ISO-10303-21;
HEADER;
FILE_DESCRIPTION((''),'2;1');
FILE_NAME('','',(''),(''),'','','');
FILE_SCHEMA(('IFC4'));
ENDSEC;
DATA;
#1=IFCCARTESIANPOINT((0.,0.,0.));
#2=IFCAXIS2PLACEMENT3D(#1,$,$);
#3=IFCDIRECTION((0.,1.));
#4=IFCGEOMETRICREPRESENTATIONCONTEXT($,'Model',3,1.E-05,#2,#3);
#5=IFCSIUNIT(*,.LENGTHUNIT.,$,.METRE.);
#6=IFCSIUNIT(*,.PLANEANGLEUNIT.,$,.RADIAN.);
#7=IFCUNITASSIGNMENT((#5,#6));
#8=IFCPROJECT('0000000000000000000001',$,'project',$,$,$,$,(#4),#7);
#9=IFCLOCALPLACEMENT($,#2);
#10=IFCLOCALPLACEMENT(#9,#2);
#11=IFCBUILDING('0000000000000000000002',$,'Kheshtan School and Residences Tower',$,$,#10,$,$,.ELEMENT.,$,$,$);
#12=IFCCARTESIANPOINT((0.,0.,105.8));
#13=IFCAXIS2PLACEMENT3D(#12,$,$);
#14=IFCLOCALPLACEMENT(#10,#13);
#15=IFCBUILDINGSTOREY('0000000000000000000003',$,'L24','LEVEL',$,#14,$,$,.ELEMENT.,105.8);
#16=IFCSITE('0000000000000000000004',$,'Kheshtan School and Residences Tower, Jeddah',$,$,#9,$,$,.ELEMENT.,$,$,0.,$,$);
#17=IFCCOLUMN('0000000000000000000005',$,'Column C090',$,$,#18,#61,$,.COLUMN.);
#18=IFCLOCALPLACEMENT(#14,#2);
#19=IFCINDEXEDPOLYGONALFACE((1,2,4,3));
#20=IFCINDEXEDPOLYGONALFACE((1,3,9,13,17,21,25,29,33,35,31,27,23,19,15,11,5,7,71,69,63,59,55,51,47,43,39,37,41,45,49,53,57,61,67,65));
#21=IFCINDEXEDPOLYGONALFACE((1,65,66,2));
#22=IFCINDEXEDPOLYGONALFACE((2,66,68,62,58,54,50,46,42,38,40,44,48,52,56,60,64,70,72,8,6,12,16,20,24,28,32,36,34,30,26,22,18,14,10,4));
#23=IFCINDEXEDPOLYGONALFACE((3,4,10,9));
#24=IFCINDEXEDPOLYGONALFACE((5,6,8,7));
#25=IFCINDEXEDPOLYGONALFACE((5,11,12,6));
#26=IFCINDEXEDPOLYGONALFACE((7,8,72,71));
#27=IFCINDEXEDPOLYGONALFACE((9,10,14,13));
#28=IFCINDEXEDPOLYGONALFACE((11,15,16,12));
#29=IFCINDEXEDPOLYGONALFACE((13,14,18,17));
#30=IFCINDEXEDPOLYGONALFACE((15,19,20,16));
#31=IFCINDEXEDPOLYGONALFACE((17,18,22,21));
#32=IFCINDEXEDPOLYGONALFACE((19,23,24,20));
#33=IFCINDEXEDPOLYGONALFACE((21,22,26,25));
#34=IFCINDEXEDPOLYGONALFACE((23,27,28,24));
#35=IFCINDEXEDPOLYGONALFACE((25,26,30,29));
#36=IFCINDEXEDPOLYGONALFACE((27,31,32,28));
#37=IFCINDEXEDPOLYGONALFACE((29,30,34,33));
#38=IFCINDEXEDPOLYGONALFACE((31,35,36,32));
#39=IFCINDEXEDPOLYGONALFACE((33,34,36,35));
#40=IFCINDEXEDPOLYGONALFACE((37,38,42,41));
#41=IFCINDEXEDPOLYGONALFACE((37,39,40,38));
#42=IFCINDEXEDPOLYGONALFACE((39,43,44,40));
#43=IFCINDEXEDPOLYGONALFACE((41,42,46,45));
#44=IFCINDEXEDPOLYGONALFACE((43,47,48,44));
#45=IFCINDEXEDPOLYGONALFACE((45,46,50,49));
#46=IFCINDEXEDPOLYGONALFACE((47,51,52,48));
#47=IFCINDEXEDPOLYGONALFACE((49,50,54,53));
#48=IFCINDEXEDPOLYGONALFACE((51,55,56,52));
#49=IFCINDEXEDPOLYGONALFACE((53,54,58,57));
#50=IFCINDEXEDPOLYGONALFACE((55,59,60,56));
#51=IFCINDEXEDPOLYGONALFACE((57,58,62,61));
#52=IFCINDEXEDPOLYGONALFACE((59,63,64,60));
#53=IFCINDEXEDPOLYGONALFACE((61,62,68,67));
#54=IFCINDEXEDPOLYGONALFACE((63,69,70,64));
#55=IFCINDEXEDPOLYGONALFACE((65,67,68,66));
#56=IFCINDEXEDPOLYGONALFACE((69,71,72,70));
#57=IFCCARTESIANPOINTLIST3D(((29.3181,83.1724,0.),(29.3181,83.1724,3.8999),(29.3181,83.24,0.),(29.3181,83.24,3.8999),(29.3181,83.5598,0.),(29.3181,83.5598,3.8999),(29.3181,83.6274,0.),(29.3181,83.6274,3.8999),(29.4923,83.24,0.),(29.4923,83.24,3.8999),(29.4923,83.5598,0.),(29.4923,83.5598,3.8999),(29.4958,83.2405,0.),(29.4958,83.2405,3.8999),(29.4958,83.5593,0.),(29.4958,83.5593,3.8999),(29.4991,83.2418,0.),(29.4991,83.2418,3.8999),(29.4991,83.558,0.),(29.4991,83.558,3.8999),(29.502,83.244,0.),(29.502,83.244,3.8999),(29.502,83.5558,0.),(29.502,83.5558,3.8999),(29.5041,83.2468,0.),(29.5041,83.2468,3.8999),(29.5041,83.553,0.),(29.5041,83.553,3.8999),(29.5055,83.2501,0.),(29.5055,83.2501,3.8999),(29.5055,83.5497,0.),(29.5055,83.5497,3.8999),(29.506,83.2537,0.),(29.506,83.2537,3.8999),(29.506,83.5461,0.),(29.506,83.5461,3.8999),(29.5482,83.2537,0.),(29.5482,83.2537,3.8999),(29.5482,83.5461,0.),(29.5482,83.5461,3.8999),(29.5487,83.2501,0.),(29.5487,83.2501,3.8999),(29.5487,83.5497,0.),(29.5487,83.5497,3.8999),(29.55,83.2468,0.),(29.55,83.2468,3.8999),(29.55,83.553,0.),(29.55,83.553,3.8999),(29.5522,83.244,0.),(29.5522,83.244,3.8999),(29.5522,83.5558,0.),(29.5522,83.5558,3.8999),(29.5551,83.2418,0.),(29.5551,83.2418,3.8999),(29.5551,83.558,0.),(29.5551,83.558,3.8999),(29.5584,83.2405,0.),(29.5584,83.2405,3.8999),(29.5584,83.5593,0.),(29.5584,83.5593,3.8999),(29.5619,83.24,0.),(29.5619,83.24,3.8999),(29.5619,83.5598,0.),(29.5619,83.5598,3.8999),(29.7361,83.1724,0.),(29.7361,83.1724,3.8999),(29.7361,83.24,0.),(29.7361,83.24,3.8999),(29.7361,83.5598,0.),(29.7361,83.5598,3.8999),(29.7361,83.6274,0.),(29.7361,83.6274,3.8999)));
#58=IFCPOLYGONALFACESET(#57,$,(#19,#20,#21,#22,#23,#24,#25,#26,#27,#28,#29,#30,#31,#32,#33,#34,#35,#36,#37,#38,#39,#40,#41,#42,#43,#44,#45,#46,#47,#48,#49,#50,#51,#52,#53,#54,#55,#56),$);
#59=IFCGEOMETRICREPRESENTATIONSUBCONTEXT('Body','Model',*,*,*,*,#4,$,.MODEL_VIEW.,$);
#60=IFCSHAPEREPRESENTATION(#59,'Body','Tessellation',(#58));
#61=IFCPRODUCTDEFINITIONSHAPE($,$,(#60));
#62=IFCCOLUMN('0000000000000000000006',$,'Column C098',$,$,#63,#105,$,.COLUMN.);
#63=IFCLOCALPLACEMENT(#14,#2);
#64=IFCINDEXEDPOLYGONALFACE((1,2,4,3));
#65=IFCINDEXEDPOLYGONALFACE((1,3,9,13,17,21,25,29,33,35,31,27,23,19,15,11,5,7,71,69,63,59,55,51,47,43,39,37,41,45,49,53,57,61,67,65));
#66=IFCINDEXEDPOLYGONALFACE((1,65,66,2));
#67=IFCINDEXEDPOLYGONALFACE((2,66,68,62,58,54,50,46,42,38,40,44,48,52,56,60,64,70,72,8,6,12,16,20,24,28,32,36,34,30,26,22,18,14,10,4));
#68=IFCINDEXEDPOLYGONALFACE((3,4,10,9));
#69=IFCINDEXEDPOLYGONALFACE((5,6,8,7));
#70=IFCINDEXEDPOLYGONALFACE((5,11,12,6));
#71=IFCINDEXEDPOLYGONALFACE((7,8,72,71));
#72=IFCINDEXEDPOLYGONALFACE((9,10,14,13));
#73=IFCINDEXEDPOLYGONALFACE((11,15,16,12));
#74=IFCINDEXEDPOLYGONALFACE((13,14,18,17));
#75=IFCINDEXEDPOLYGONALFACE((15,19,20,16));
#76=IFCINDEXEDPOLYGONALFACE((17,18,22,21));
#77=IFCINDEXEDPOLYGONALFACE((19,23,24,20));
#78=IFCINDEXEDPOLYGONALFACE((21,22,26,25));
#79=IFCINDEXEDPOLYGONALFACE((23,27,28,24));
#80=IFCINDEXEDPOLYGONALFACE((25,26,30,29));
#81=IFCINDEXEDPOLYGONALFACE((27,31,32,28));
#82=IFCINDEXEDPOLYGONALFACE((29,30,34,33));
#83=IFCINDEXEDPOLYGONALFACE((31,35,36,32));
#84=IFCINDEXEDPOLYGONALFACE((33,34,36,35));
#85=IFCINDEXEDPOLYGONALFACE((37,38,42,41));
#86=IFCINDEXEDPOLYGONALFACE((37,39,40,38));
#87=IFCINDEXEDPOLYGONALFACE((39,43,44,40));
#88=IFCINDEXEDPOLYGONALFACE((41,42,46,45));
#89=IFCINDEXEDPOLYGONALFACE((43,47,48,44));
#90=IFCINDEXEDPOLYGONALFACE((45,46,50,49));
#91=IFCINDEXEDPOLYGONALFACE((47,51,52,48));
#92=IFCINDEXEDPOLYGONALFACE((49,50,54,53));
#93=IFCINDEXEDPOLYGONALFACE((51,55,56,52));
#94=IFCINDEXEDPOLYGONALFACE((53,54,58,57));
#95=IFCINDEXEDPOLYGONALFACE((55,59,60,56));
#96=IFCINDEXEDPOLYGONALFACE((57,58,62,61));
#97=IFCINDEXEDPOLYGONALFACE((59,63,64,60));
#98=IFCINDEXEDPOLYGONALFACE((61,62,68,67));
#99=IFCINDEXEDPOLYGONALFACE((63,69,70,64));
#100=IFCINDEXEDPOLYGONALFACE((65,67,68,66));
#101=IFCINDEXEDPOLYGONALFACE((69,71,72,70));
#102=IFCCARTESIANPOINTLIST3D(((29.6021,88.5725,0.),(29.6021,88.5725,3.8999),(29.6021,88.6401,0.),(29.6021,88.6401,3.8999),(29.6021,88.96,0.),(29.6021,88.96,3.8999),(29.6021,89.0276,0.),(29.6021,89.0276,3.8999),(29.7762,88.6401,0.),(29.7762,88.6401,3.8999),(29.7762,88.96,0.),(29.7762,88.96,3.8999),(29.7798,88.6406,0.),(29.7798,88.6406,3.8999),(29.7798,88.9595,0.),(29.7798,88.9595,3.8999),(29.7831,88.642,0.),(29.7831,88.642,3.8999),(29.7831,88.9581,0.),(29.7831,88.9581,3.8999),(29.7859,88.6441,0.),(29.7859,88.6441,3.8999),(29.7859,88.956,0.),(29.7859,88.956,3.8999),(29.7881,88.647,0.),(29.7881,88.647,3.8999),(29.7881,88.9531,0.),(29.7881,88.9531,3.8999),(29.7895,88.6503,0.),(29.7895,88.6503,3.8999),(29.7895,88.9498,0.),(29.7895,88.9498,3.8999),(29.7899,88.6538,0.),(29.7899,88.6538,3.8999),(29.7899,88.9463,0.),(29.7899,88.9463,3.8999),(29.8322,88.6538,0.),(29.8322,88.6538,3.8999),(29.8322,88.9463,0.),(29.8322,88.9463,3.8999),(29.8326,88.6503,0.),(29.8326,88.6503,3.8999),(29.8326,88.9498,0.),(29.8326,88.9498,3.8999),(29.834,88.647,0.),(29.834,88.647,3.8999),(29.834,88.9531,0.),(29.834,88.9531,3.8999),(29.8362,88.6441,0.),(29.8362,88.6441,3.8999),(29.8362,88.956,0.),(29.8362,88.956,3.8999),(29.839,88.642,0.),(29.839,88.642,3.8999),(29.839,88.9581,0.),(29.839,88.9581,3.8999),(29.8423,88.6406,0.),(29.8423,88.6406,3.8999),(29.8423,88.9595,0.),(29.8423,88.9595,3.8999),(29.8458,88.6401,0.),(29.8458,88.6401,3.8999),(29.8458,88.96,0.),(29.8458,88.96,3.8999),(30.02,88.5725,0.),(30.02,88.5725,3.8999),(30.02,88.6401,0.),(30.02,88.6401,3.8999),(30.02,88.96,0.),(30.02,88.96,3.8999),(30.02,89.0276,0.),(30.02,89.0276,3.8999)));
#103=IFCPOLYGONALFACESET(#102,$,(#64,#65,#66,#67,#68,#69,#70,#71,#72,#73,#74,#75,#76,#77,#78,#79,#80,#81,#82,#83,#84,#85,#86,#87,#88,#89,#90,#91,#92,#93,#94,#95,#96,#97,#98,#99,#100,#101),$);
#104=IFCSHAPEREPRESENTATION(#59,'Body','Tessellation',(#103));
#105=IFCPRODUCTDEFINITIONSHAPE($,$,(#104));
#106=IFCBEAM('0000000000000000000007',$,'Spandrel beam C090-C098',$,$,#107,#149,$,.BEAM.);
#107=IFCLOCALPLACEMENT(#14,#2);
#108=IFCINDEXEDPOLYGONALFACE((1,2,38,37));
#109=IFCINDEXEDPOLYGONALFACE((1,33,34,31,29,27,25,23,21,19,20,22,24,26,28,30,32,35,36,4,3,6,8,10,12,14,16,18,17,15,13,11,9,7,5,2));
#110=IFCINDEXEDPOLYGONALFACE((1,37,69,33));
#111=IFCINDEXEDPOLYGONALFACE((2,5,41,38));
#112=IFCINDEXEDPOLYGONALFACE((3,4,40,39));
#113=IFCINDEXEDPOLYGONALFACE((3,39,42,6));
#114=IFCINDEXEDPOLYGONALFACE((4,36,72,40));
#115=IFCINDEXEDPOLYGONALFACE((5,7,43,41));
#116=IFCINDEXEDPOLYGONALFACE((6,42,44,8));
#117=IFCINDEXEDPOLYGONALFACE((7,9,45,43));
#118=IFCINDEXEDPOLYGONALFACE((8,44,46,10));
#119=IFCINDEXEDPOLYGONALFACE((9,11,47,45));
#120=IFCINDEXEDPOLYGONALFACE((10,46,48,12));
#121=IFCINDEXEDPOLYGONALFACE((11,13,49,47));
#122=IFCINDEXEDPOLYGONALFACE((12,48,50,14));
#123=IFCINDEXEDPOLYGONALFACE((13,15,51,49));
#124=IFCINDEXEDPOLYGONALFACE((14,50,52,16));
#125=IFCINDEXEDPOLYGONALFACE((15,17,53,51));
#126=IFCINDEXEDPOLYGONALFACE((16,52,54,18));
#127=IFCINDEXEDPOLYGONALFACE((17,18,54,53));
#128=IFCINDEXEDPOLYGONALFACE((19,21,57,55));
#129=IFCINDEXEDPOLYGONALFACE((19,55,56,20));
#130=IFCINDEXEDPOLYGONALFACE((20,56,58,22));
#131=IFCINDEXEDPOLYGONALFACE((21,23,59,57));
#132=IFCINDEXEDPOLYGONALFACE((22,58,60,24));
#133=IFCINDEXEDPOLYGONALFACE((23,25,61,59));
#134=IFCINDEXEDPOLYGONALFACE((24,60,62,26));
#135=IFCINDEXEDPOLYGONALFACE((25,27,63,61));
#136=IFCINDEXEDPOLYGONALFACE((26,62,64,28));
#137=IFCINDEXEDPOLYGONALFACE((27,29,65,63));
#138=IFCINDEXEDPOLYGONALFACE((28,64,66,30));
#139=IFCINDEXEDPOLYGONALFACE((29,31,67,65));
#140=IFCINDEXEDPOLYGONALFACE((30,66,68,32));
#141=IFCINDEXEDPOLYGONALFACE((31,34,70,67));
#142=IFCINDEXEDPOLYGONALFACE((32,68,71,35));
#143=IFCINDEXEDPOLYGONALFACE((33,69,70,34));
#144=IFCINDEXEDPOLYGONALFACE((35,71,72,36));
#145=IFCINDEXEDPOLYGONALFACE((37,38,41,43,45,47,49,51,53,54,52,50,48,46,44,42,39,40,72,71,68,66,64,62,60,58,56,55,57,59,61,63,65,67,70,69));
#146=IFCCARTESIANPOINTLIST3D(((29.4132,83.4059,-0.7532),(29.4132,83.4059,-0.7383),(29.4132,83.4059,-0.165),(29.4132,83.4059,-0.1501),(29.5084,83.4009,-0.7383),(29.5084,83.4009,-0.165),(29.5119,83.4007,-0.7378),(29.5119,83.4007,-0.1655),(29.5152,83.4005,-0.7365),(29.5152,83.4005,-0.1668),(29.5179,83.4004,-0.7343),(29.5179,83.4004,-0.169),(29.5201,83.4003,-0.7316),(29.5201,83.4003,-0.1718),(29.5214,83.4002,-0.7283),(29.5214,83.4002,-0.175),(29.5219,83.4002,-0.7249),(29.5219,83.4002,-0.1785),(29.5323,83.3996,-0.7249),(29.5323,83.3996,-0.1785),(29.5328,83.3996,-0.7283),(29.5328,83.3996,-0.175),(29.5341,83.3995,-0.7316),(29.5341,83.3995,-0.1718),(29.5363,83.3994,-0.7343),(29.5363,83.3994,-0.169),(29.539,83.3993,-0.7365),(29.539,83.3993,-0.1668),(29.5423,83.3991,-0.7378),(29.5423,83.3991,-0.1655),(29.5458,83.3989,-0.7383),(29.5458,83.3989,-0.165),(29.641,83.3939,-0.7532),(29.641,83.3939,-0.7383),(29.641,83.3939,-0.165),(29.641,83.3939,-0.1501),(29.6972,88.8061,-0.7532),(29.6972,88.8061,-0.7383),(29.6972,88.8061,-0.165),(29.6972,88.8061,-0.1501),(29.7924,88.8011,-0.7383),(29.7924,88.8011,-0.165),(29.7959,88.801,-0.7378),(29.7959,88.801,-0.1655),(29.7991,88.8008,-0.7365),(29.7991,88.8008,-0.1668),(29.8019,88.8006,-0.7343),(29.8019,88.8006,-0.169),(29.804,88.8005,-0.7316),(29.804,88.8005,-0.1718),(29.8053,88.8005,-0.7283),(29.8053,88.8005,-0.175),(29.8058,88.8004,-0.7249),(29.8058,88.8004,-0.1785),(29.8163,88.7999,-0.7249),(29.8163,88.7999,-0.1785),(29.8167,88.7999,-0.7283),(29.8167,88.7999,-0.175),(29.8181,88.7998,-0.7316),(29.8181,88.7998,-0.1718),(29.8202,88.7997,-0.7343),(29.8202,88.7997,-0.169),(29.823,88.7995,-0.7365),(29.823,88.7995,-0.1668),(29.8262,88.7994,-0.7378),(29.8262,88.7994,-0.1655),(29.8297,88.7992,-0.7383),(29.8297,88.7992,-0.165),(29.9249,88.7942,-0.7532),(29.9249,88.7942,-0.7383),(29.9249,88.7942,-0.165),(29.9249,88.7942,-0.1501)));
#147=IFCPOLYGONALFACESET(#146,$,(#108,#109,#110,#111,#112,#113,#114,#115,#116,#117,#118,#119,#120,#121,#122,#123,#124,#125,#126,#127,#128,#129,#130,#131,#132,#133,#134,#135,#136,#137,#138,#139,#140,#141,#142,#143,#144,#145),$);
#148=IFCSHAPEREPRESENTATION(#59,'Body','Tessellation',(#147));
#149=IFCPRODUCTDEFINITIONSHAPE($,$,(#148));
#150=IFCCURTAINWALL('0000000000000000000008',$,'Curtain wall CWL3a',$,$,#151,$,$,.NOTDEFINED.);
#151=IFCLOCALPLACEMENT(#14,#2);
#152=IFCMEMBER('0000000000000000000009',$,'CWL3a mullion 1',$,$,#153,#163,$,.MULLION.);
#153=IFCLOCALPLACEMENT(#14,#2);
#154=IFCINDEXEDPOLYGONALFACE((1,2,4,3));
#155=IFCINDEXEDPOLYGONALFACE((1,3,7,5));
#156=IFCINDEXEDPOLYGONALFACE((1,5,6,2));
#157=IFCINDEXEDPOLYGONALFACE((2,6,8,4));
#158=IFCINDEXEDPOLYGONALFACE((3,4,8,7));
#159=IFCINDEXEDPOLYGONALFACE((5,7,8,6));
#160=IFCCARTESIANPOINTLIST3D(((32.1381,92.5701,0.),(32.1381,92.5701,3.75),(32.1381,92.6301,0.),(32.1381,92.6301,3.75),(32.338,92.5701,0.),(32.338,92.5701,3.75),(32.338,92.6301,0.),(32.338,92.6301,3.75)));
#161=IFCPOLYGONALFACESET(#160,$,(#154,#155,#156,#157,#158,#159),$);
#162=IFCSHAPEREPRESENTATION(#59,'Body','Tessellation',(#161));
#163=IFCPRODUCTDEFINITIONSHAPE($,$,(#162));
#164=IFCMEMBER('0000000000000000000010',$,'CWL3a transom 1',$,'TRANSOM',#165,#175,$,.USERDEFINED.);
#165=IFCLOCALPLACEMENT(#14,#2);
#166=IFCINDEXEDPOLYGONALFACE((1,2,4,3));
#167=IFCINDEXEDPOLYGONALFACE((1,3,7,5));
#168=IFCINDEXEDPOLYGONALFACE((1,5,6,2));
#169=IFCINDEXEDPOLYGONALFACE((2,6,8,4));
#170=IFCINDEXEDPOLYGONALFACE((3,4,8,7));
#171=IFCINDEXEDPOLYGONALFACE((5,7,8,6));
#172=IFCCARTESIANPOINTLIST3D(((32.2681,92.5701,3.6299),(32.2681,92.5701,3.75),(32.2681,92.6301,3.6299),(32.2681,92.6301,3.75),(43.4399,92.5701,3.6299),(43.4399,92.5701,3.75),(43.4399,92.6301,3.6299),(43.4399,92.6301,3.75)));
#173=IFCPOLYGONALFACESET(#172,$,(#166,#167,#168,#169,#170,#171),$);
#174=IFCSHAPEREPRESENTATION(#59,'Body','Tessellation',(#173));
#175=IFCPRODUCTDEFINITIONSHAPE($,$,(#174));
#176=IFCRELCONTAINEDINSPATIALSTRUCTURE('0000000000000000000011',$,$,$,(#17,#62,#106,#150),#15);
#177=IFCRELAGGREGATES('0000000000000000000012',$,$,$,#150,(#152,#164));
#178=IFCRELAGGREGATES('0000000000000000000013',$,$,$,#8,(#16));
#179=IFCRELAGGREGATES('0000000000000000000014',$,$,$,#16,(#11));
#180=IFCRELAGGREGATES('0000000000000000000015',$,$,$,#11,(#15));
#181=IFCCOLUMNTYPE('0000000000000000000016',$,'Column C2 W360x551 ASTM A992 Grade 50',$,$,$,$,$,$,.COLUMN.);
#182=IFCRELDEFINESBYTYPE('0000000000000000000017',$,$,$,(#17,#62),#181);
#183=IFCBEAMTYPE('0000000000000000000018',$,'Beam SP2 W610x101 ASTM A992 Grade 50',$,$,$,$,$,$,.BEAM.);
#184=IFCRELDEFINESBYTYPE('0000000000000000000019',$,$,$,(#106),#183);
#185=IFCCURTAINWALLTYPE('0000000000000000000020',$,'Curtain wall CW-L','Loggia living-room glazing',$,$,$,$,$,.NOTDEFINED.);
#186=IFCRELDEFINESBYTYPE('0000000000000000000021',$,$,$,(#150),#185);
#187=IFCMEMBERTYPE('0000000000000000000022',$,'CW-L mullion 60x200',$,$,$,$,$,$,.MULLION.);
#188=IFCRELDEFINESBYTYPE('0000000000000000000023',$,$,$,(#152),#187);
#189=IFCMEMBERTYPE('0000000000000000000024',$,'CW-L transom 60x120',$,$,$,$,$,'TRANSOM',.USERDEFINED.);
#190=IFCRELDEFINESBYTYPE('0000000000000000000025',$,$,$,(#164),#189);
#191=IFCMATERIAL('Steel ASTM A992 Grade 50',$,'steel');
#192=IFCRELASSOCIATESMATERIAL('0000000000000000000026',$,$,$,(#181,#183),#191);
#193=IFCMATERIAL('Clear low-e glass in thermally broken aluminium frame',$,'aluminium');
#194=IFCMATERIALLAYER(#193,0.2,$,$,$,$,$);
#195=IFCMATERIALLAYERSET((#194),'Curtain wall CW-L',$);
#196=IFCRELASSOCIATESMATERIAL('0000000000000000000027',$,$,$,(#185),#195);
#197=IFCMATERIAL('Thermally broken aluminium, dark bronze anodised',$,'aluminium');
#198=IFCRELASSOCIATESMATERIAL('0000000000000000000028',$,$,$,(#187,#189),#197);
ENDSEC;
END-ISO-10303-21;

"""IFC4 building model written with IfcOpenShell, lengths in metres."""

from ifc_helpers import new_model, si_unit, direction, frame, origin, origin_2d, place, context, subcontext, project, spatial, rectangle, i_section, extrude, material, layer, layer_set, material_profile, profile_set, type_object, element, aggregate, save


model = new_model("IFC4")

# Units and contexts
model_context = context("Model", 3, precision=1e-05, world=origin(), true_north=direction((0.0, 1.0)))
body_context = subcontext(model_context, "Body", "Model", "MODEL_VIEW")
ifc_project = project(units=[si_unit("LENGTHUNIT", "METRE"), si_unit("PLANEANGLEUNIT", "RADIAN")], contexts=[model_context])

# Site, building, storey
site_placement = place(None, origin())
site = spatial("IfcSite", under=ifc_project, at=site_placement, Name="Kheshtan School and Residences Tower, Jeddah", CompositionType="ELEMENT", RefElevation=0.0)
building_placement = place(site_placement, origin())
building = spatial("IfcBuilding", under=site, at=building_placement, Name="Kheshtan School and Residences Tower", CompositionType="ELEMENT")
storey_placement = place(building_placement, frame((0.0, 0.0, 105.8)))
storey = spatial("IfcBuildingStorey", under=building, at=storey_placement, Name="L24", Description="LEVEL", CompositionType="ELEMENT", Elevation=105.8)

# Columns
ifc_material_1 = material(Name="Steel ASTM A992 Grade 50", Category="steel")
ifc_material_profile_1 = material_profile(ifc_material_1, i_section(OverallWidth=0.418, OverallDepth=0.4551, WebThickness=0.0422, FlangeThickness=0.0676, FilletRadius=0.0137, at=origin_2d()), Name="W360x551")
ifc_profile_set_1 = profile_set([ifc_material_profile_1], Name="Steel ASTM A992 Grade 50")
column_type = type_object("IfcColumnType", Name="Column C2 W360x551 ASTM A992 Grade 50", PredefinedType="COLUMN", material=ifc_profile_set_1)
for number, where, z_axis, x_axis, name in (
    (1, (29.5271, 83.3999, 0.0), (0.0, 0.0, 1.0), (1.0, 0.0, 0.0), "Column C090"),
    (2, (29.811, 88.8, 0.0), (0.0, 0.0, 1.0), (1.0, 0.0, 0.0), "Column C098"),
):
    element("IfcColumn", number, at=place(storey_placement, frame(where, z_axis=z_axis, x_axis=x_axis)), inside=storey, type_object=column_type, Name=name, PredefinedType="COLUMN", context=body_context, shape_type="SweptSolid", body=[
        extrude(i_section(OverallWidth=0.418, OverallDepth=0.4551, WebThickness=0.0422, FlangeThickness=0.0676, FilletRadius=0.0137, at=origin_2d()), origin(), (0.0, 0.0, 1.0), 3.8999),
    ])

# Beam
ifc_material_profile_2 = material_profile(ifc_material_1, i_section(OverallWidth=0.228, OverallDepth=0.603, WebThickness=0.0105, FlangeThickness=0.0149, FilletRadius=0.0134, at=origin_2d()), Name="W610x101")
ifc_profile_set_2 = profile_set([ifc_material_profile_2], Name="Steel ASTM A992 Grade 50")
beam_type_1 = type_object("IfcBeamType", Name="Beam SP2 W610x101 ASTM A992 Grade 50", PredefinedType="BEAM", material=ifc_profile_set_2)
beam_1_placement = place(storey_placement, frame((29.5271, 83.3999, -0.4517), z_axis=(0.052507, 0.998621, 0.0), x_axis=(-0.998621, 0.052507, 0.0)))
element("IfcBeam", 3, at=beam_1_placement, inside=storey, type_object=beam_type_1, Name="Spandrel beam C090-C098", PredefinedType="BEAM", context=body_context, shape_type="SweptSolid", body=[
    extrude(i_section(OverallWidth=0.228, OverallDepth=0.603, WebThickness=0.0105, FlangeThickness=0.0149, FilletRadius=0.0134, at=origin_2d()), origin(), (0.0, 0.0, 1.0), 5.4077),
])

# Curtain wall, members
ifc_material_2 = material(Name="Clear low-e glass in thermally broken aluminium frame", Category="aluminium")
ifc_layer_1 = layer(ifc_material_2, 0.2)
ifc_layer_set_1 = layer_set([ifc_layer_1], Name="Curtain wall CW-L")
curtain_wall_type = type_object("IfcCurtainWallType", Name="Curtain wall CW-L", Description="Loggia living-room glazing", PredefinedType="NOTDEFINED", material=ifc_layer_set_1)
curtain_wall_placement = place(storey_placement, origin())
curtain_wall = element("IfcCurtainWall", 4, at=curtain_wall_placement, inside=storey, type_object=curtain_wall_type, Name="Curtain wall CWL3a", PredefinedType="NOTDEFINED")
ifc_material_3 = material(Name="Thermally broken aluminium, dark bronze anodised", Category="aluminium")
ifc_material_profile_3 = material_profile(ifc_material_3, rectangle(XDim=0.0601, YDim=0.2, at=origin_2d()), Name="CW-L mullion 60x200")
ifc_profile_set_3 = profile_set([ifc_material_profile_3], Name="Thermally broken aluminium, dark bronze anodised")
member_type_1 = type_object("IfcMemberType", Name="CW-L mullion 60x200", PredefinedType="MULLION", material=ifc_profile_set_3)
member_1_placement = place(storey_placement, frame((32.238, 92.6001, 0.0), z_axis=(0.0, 0.0, 1.0), x_axis=(0.0, 1.0, 0.0)))
member_1 = element("IfcMember", 5, at=member_1_placement, type_object=member_type_1, Name="CWL3a mullion 1", PredefinedType="MULLION", context=body_context, shape_type="SweptSolid", body=[
    extrude(rectangle(XDim=0.0601, YDim=0.2, at=origin_2d()), origin(), (0.0, 0.0, 1.0), 3.75),
])
ifc_material_profile_4 = material_profile(ifc_material_3, rectangle(XDim=0.0601, YDim=0.1201, at=origin_2d()), Name="CW-L transom 60x120")
ifc_profile_set_4 = profile_set([ifc_material_profile_4], Name="Thermally broken aluminium, dark bronze anodised")
member_type_2 = type_object("IfcMemberType", Name="CW-L transom 60x120", ElementType="TRANSOM", PredefinedType="USERDEFINED", material=ifc_profile_set_4)
member_2_placement = place(storey_placement, frame((32.2681, 92.6001, 3.6899), z_axis=(1.0, 0.0, 0.0), x_axis=(0.0, 1.0, 0.0)))
member_2 = element("IfcMember", 6, at=member_2_placement, type_object=member_type_2, Name="CWL3a transom 1", ObjectType="TRANSOM", PredefinedType="USERDEFINED", context=body_context, shape_type="SweptSolid", body=[
    extrude(rectangle(XDim=0.0601, YDim=0.1201, at=origin_2d()), origin(), (0.0, 0.0, 1.0), 11.1719),
])

aggregate(curtain_wall, [member_1, member_2])

save(model, "model.ifc")
